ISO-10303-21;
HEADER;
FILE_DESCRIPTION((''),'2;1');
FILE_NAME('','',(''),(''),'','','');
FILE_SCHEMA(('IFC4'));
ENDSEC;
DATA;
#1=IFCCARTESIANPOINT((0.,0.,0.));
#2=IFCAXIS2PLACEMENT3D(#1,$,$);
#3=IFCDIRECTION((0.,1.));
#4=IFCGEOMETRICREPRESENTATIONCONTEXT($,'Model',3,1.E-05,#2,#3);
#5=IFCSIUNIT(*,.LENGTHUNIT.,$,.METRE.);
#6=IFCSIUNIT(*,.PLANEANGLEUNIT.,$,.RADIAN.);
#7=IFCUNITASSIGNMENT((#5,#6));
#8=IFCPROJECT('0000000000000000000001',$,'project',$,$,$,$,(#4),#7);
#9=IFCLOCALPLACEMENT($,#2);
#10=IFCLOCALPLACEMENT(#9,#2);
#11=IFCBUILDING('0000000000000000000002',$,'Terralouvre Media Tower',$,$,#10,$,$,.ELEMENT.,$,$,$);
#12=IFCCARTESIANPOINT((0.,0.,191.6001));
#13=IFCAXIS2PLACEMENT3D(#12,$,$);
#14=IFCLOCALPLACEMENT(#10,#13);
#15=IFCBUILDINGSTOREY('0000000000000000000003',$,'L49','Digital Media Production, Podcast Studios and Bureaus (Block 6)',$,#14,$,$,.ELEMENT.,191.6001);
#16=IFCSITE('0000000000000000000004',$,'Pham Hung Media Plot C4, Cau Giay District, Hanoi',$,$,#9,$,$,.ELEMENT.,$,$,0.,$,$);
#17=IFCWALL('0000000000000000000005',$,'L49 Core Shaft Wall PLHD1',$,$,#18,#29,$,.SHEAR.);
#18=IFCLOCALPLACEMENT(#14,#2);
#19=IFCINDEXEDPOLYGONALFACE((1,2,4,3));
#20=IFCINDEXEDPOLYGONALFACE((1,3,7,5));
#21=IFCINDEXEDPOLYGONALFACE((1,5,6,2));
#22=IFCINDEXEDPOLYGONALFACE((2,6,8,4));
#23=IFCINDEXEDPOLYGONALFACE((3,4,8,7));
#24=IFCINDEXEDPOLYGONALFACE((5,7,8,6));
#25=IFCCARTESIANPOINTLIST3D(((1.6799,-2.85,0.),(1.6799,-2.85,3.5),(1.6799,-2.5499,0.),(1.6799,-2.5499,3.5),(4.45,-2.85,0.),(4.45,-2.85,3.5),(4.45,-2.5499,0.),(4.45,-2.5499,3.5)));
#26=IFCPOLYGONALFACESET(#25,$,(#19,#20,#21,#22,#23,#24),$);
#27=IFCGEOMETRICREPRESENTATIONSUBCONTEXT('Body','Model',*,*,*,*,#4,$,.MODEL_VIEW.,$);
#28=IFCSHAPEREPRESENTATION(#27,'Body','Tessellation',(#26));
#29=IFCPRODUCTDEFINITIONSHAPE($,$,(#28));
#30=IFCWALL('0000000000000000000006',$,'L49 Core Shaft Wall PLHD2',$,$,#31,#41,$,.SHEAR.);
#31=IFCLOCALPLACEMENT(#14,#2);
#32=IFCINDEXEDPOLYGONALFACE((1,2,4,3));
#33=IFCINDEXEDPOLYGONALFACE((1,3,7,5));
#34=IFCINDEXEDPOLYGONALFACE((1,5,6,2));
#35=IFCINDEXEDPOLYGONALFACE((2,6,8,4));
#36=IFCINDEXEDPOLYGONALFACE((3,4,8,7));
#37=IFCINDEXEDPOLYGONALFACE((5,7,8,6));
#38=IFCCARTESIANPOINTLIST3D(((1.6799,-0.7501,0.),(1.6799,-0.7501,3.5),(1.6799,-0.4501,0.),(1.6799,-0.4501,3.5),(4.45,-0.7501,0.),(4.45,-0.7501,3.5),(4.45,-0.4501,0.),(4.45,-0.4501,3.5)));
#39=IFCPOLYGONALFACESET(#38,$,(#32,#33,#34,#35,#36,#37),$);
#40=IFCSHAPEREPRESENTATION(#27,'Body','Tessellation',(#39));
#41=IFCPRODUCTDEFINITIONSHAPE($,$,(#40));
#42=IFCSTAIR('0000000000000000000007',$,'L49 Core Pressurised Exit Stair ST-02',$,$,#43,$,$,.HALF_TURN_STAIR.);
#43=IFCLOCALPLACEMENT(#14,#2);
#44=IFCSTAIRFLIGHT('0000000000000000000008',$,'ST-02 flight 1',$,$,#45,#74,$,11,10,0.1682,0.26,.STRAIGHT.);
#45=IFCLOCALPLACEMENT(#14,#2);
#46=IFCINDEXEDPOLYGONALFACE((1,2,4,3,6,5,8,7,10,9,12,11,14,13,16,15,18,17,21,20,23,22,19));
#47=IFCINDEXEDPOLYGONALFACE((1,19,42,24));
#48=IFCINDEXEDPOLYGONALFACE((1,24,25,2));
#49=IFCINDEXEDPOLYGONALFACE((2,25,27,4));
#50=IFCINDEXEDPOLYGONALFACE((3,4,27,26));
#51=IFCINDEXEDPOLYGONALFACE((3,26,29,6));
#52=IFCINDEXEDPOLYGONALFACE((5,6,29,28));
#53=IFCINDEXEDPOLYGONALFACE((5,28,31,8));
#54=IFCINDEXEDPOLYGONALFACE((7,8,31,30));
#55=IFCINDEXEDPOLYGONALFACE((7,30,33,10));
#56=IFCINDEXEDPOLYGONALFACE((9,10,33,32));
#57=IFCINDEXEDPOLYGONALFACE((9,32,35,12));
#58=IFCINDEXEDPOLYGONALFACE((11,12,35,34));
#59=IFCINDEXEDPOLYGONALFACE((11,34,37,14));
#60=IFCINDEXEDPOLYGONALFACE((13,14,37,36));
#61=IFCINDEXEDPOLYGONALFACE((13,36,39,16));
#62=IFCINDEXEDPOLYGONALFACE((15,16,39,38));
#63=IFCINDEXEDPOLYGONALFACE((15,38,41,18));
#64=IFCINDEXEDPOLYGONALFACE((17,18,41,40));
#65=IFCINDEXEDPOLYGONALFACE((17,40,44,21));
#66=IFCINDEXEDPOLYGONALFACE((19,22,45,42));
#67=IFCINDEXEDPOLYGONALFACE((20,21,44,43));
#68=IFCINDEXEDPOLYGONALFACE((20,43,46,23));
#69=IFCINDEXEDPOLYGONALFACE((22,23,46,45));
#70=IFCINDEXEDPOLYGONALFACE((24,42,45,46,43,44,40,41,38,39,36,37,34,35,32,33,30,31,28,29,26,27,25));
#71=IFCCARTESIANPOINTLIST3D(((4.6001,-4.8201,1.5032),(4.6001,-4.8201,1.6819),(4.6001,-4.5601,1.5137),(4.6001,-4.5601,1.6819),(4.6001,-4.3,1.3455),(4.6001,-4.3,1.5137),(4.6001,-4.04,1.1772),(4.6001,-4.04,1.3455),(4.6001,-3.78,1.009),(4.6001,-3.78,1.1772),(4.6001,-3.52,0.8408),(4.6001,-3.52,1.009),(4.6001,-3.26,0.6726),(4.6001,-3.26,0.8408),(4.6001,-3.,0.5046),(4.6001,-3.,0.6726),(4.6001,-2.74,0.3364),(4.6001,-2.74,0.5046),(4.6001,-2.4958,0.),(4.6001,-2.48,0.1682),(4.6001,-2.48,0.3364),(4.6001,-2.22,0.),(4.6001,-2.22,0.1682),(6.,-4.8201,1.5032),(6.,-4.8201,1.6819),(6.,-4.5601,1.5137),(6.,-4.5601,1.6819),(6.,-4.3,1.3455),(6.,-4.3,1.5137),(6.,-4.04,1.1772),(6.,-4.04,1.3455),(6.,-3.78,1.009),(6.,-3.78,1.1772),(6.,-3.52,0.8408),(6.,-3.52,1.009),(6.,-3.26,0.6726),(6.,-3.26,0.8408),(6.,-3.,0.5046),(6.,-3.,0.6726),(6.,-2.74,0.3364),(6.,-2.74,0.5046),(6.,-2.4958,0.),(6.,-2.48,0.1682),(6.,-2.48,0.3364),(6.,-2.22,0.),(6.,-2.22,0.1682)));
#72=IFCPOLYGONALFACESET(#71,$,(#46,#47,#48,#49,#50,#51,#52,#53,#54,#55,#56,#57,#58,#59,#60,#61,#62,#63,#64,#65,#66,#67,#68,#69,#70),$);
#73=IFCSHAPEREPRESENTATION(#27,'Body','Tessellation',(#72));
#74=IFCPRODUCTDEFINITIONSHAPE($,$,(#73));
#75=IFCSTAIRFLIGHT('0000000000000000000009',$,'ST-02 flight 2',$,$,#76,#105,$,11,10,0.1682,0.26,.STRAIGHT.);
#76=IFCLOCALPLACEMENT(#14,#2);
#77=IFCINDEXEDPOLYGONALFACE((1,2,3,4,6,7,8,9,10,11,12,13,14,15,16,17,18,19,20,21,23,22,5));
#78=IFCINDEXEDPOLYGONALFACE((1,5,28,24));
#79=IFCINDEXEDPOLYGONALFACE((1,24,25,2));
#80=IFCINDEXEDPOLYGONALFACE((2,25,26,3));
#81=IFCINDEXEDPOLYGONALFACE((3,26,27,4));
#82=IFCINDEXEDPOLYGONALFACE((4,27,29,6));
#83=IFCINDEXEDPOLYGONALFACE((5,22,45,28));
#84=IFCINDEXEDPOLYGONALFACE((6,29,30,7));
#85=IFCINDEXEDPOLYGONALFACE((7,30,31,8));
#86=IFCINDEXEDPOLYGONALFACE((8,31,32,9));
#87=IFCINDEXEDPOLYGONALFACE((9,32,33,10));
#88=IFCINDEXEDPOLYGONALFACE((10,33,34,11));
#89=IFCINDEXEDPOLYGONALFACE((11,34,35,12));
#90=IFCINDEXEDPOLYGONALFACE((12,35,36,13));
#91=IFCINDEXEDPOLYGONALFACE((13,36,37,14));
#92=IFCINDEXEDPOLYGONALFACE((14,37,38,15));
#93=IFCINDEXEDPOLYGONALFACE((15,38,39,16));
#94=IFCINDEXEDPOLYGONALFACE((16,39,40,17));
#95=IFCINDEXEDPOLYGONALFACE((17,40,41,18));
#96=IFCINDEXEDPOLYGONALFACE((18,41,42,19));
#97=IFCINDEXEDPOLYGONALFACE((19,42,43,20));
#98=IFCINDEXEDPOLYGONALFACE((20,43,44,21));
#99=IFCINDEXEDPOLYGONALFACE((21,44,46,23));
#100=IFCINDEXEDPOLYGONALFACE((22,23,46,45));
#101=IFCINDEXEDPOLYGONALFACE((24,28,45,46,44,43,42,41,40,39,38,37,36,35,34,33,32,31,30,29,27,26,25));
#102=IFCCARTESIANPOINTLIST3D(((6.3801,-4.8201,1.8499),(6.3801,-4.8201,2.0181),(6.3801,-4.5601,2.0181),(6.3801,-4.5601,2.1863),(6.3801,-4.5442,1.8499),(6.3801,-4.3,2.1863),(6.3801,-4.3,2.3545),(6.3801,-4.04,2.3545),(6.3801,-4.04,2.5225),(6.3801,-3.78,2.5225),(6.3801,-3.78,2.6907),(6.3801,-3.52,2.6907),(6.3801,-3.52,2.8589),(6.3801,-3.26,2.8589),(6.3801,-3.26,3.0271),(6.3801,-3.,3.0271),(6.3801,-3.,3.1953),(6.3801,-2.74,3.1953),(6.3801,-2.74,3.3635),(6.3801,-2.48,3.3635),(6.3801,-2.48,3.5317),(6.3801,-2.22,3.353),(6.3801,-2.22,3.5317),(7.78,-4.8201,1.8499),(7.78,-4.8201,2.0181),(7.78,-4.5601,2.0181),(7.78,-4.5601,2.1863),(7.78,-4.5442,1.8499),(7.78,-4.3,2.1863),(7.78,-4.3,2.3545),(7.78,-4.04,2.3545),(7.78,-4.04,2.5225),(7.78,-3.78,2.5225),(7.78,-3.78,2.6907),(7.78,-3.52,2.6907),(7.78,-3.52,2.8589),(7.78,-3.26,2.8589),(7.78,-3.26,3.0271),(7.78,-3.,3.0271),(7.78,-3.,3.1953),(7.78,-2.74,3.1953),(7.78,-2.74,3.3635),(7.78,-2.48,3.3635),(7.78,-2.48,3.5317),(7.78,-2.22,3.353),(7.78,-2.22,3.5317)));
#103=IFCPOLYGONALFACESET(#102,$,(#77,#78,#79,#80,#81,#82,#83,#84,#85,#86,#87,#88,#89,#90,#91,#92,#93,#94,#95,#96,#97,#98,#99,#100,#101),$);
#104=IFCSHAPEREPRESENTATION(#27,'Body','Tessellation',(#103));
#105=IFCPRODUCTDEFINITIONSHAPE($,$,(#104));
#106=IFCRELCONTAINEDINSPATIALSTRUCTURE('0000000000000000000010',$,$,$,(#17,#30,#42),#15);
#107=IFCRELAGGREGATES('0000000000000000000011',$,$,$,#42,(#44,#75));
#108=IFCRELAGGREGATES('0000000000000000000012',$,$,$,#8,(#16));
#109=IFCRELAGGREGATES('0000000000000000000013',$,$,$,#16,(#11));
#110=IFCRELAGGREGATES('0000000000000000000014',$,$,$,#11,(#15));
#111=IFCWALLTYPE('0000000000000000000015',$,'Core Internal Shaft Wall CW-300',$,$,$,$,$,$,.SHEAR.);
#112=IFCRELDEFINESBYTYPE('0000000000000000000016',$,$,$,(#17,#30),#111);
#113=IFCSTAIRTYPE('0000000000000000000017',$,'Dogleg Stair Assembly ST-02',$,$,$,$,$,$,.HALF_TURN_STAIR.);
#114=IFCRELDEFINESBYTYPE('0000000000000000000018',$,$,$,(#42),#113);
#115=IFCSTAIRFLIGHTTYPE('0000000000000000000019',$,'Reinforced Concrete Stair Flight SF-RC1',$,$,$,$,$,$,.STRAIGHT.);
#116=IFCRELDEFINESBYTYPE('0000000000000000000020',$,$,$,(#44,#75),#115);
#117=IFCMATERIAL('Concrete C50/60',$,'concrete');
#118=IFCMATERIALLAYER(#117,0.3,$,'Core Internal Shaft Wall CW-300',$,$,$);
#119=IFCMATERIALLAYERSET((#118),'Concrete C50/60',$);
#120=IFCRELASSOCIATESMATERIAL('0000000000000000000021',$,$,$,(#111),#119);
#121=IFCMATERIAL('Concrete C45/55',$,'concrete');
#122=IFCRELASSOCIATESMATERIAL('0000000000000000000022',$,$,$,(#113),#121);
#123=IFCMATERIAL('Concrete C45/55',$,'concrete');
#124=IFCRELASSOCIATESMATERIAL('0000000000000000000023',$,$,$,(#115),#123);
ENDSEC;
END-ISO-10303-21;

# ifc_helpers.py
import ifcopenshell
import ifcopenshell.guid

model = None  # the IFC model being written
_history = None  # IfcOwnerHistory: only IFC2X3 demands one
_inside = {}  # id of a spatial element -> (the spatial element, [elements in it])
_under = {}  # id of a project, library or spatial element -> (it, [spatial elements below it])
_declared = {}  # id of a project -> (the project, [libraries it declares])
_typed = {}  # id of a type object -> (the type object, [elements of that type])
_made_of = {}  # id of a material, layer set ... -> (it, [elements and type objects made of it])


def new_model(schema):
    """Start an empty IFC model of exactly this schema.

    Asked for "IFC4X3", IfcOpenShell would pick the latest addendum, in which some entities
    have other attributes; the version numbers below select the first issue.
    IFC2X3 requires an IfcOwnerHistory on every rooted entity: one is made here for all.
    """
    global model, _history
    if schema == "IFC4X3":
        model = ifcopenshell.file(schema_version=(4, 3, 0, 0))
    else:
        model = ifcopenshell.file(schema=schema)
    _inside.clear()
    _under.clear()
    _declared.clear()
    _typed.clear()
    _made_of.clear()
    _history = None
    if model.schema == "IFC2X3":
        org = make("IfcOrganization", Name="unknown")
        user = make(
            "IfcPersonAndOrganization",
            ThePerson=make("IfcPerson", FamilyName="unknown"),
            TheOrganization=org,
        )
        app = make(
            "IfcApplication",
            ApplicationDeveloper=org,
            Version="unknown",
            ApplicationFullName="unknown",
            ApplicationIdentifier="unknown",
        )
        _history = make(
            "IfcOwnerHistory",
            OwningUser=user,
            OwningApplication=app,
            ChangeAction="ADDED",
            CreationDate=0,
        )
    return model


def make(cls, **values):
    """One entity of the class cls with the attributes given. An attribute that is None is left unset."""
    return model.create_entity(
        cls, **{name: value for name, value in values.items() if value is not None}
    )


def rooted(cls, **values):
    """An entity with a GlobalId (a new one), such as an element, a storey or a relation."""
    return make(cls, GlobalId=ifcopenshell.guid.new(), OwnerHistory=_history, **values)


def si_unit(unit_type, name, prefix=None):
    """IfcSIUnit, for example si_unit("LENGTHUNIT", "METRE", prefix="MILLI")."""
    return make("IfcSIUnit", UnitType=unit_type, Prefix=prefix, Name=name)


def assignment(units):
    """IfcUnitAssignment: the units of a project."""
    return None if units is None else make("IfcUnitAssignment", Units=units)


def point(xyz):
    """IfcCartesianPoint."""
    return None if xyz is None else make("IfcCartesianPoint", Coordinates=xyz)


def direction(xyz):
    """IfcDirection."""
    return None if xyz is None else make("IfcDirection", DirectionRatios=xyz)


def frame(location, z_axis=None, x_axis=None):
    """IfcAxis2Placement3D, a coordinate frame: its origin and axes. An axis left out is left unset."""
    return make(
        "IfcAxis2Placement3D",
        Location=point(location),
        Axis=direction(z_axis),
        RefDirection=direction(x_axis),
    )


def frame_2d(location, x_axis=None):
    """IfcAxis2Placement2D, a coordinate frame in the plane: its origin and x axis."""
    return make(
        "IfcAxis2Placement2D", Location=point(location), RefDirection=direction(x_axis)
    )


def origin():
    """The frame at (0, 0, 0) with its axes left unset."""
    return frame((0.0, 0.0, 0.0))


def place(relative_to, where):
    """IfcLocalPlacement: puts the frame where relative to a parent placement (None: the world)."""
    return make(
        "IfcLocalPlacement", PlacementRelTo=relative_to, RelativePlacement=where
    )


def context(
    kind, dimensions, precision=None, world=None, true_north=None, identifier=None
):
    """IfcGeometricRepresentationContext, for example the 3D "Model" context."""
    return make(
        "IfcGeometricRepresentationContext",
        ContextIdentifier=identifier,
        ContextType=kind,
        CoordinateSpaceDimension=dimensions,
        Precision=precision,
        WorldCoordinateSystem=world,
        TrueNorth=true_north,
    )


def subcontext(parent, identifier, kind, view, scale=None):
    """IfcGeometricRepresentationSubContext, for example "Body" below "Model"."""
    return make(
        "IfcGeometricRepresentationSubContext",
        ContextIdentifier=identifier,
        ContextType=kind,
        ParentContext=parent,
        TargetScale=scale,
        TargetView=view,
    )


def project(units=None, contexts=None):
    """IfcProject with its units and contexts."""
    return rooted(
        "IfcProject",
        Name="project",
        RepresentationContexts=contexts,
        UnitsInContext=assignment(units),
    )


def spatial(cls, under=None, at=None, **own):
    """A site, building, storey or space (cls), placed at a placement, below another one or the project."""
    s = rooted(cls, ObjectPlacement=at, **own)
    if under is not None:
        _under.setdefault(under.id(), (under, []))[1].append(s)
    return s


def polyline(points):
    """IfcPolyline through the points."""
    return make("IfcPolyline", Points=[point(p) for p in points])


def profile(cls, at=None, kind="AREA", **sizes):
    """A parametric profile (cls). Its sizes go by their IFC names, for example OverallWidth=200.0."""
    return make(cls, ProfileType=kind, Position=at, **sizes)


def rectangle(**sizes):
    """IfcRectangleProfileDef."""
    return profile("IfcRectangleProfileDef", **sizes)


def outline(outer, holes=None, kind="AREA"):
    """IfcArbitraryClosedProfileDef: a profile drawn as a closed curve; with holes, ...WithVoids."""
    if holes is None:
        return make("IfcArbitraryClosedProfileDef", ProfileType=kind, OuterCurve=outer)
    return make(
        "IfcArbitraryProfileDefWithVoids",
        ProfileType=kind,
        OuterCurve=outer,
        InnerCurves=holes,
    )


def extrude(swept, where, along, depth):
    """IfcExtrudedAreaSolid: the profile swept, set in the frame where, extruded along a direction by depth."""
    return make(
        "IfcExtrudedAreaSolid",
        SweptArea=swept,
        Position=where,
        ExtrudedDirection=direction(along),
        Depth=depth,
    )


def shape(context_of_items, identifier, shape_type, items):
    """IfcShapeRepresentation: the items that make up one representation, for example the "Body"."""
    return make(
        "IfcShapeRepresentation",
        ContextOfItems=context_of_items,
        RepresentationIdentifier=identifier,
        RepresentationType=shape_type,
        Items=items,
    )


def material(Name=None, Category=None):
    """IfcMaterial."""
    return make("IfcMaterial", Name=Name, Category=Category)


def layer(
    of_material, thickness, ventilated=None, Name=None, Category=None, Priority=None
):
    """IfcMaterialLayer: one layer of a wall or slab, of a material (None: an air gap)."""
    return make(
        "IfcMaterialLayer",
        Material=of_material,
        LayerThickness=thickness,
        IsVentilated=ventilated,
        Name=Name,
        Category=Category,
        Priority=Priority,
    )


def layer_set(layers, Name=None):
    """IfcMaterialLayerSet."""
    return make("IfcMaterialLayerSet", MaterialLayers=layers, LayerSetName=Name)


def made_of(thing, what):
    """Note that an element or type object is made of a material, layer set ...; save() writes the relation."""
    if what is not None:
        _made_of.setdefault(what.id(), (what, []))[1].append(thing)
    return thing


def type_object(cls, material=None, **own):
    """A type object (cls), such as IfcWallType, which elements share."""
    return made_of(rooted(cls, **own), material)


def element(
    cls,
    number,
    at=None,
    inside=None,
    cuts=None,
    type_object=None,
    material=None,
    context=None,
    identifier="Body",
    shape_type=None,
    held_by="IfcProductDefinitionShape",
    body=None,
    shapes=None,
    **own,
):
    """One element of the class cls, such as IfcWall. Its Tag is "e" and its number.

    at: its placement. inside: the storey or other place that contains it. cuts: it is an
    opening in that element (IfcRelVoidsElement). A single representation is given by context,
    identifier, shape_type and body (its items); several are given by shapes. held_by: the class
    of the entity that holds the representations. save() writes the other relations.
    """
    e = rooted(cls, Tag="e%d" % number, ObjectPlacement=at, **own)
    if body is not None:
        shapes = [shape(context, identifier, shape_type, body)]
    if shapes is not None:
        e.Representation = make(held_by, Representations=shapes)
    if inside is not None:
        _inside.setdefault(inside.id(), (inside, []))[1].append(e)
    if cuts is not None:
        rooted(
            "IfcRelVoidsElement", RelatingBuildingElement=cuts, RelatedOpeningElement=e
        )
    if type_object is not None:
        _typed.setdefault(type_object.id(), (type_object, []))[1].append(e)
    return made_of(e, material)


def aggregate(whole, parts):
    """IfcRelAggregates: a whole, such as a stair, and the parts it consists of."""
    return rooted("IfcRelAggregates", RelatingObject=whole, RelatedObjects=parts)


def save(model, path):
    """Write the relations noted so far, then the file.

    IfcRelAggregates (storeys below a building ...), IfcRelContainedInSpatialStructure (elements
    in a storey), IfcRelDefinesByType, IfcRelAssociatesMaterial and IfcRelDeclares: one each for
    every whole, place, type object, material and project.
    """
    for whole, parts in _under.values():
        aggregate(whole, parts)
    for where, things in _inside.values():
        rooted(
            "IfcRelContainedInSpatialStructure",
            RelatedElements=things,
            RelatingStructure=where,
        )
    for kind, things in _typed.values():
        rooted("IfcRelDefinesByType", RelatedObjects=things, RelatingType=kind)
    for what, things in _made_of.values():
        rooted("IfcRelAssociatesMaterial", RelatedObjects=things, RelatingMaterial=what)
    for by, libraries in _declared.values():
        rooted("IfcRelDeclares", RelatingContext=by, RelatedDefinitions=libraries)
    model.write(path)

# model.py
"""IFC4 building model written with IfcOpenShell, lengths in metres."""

from ifc_helpers import new_model, si_unit, direction, frame, frame_2d, origin, place, context, subcontext, project, spatial, polyline, rectangle, outline, extrude, material, layer, layer_set, type_object, element, aggregate, save


model = new_model("IFC4")

# Units and contexts
model_context = context("Model", 3, precision=1e-05, world=origin(), true_north=direction((0.0, 1.0)))
body_context = subcontext(model_context, "Body", "Model", "MODEL_VIEW")
ifc_project = project(units=[si_unit("LENGTHUNIT", "METRE"), si_unit("PLANEANGLEUNIT", "RADIAN")], contexts=[model_context])

# Site, building, storey
site_placement = place(None, origin())
site = spatial("IfcSite", under=ifc_project, at=site_placement, Name="Pham Hung Media Plot C4, Cau Giay District, Hanoi", CompositionType="ELEMENT", RefElevation=0.0)
building_placement = place(site_placement, origin())
building = spatial("IfcBuilding", under=site, at=building_placement, Name="Terralouvre Media Tower", CompositionType="ELEMENT")
storey_placement = place(building_placement, frame((0.0, 0.0, 191.6001)))
storey = spatial("IfcBuildingStorey", under=building, at=storey_placement, Name="L49", Description="Digital Media Production, Podcast Studios and Bureaus (Block 6)", CompositionType="ELEMENT", Elevation=191.6001)

# Shared definitions
ifc_material_1 = material(Name="Concrete C50/60", Category="concrete")
ifc_layer_1 = layer(ifc_material_1, 0.3, Name="Core Internal Shaft Wall CW-300")
ifc_layer_set_1 = layer_set([ifc_layer_1], Name="Concrete C50/60")
wall_type = type_object("IfcWallType", Name="Core Internal Shaft Wall CW-300", PredefinedType="SHEAR", material=ifc_layer_set_1)

# Walls
for number, where, z_axis, x_axis, name in (
    (1, (1.6799, -2.7, 0.0), (0.0, 0.0, 1.0), (1.0, 0.0, 0.0), "L49 Core Shaft Wall PLHD1"),
    (2, (1.6799, -0.6001, 0.0), (0.0, 0.0, 1.0), (1.0, 0.0, 0.0), "L49 Core Shaft Wall PLHD2"),
):
    element("IfcWall", number, at=place(storey_placement, frame(where, z_axis=z_axis, x_axis=x_axis)), inside=storey, type_object=wall_type, Name=name, PredefinedType="SHEAR", context=body_context, shape_type="SweptSolid", body=[
        extrude(rectangle(XDim=2.77, YDim=0.3, at=frame_2d((1.385, 0.0))), origin(), (0.0, 0.0, 1.0), 3.5),
    ])

# Stair, stair flights
ifc_material_2 = material(Name="Concrete C45/55", Category="concrete")
stair_type = type_object("IfcStairType", Name="Dogleg Stair Assembly ST-02", PredefinedType="HALF_TURN_STAIR", material=ifc_material_2)
stair_placement = place(storey_placement, origin())
stair = element("IfcStair", 3, at=stair_placement, inside=storey, type_object=stair_type, Name="L49 Core Pressurised Exit Stair ST-02", PredefinedType="HALF_TURN_STAIR")
ifc_material_3 = material(Name="Concrete C45/55", Category="concrete")
stair_flight_type = type_object("IfcStairFlightType", Name="Reinforced Concrete Stair Flight SF-RC1", PredefinedType="STRAIGHT", material=ifc_material_3)
stair_flight_1_placement = place(storey_placement, frame((5.3, -2.22, 0.0), z_axis=(0.0, 0.0, 1.0), x_axis=(0.0, -1.0, 0.0)))
stair_flight_1 = element("IfcStairFlight", 4, at=stair_flight_1_placement, type_object=stair_flight_type, Name="ST-02 flight 1", NumberOfRisers=11, NumberOfTreads=10, PredefinedType="STRAIGHT", RiserHeight=0.1682, TreadLength=0.26, context=body_context, shape_type="SweptSolid", body=[
    extrude(outline(polyline([(0.0, 0.0), (0.0, 0.1682), (0.26, 0.1682), (0.26, 0.3364), (0.52, 0.3364), (0.52, 0.5046), (0.78, 0.5046), (0.78, 0.6726), (1.04, 0.6726), (1.04, 0.8408), (1.3, 0.8408), (1.3, 1.009), (1.5601, 1.009), (1.5601, 1.1772), (1.8201, 1.1772), (1.8201, 1.3455), (2.0801, 1.3455), (2.0801, 1.5137), (2.3401, 1.5137), (2.3401, 1.6819), (2.6001, 1.6819), (2.6001, 1.8501), (2.6001, 1.5032), (0.2759, 0.0), (0.0, 0.0)])), frame((0.0, 0.7, 0.0), z_axis=(0.0, -1.0, 0.0), x_axis=(1.0, 0.0, 0.0)), (0.0, 0.0, 1.0), 1.3999),
])
stair_flight_2_placement = place(storey_placement, frame((7.0801, -4.8201, 1.8499), z_axis=(0.0, 0.0, 1.0), x_axis=(0.0, 1.0, 0.0)))
stair_flight_2 = element("IfcStairFlight", 5, at=stair_flight_2_placement, type_object=stair_flight_type, Name="ST-02 flight 2", NumberOfRisers=11, NumberOfTreads=10, PredefinedType="STRAIGHT", RiserHeight=0.1682, TreadLength=0.26, context=body_context, shape_type="SweptSolid", body=[
    extrude(outline(polyline([(0.0, 0.0), (0.0, 0.1682), (0.26, 0.1682), (0.26, 0.3364), (0.52, 0.3364), (0.52, 0.5046), (0.78, 0.5046), (0.78, 0.6726), (1.04, 0.6726), (1.04, 0.8408), (1.3, 0.8408), (1.3, 1.009), (1.5601, 1.009), (1.5601, 1.1772), (1.8201, 1.1772), (1.8201, 1.3455), (2.0801, 1.3455), (2.0801, 1.5137), (2.3401, 1.5137), (2.3401, 1.6819), (2.6001, 1.6819), (2.6001, 1.8501), (2.6001, 1.5032), (0.2759, 0.0), (0.0, 0.0)])), frame((0.0, 0.7, 0.0), z_axis=(0.0, -1.0, 0.0), x_axis=(1.0, 0.0, 0.0)), (0.0, 0.0, 1.0), 1.3999),
])
aggregate(stair, [stair_flight_1, stair_flight_2])

save(model, "model.ifc")
